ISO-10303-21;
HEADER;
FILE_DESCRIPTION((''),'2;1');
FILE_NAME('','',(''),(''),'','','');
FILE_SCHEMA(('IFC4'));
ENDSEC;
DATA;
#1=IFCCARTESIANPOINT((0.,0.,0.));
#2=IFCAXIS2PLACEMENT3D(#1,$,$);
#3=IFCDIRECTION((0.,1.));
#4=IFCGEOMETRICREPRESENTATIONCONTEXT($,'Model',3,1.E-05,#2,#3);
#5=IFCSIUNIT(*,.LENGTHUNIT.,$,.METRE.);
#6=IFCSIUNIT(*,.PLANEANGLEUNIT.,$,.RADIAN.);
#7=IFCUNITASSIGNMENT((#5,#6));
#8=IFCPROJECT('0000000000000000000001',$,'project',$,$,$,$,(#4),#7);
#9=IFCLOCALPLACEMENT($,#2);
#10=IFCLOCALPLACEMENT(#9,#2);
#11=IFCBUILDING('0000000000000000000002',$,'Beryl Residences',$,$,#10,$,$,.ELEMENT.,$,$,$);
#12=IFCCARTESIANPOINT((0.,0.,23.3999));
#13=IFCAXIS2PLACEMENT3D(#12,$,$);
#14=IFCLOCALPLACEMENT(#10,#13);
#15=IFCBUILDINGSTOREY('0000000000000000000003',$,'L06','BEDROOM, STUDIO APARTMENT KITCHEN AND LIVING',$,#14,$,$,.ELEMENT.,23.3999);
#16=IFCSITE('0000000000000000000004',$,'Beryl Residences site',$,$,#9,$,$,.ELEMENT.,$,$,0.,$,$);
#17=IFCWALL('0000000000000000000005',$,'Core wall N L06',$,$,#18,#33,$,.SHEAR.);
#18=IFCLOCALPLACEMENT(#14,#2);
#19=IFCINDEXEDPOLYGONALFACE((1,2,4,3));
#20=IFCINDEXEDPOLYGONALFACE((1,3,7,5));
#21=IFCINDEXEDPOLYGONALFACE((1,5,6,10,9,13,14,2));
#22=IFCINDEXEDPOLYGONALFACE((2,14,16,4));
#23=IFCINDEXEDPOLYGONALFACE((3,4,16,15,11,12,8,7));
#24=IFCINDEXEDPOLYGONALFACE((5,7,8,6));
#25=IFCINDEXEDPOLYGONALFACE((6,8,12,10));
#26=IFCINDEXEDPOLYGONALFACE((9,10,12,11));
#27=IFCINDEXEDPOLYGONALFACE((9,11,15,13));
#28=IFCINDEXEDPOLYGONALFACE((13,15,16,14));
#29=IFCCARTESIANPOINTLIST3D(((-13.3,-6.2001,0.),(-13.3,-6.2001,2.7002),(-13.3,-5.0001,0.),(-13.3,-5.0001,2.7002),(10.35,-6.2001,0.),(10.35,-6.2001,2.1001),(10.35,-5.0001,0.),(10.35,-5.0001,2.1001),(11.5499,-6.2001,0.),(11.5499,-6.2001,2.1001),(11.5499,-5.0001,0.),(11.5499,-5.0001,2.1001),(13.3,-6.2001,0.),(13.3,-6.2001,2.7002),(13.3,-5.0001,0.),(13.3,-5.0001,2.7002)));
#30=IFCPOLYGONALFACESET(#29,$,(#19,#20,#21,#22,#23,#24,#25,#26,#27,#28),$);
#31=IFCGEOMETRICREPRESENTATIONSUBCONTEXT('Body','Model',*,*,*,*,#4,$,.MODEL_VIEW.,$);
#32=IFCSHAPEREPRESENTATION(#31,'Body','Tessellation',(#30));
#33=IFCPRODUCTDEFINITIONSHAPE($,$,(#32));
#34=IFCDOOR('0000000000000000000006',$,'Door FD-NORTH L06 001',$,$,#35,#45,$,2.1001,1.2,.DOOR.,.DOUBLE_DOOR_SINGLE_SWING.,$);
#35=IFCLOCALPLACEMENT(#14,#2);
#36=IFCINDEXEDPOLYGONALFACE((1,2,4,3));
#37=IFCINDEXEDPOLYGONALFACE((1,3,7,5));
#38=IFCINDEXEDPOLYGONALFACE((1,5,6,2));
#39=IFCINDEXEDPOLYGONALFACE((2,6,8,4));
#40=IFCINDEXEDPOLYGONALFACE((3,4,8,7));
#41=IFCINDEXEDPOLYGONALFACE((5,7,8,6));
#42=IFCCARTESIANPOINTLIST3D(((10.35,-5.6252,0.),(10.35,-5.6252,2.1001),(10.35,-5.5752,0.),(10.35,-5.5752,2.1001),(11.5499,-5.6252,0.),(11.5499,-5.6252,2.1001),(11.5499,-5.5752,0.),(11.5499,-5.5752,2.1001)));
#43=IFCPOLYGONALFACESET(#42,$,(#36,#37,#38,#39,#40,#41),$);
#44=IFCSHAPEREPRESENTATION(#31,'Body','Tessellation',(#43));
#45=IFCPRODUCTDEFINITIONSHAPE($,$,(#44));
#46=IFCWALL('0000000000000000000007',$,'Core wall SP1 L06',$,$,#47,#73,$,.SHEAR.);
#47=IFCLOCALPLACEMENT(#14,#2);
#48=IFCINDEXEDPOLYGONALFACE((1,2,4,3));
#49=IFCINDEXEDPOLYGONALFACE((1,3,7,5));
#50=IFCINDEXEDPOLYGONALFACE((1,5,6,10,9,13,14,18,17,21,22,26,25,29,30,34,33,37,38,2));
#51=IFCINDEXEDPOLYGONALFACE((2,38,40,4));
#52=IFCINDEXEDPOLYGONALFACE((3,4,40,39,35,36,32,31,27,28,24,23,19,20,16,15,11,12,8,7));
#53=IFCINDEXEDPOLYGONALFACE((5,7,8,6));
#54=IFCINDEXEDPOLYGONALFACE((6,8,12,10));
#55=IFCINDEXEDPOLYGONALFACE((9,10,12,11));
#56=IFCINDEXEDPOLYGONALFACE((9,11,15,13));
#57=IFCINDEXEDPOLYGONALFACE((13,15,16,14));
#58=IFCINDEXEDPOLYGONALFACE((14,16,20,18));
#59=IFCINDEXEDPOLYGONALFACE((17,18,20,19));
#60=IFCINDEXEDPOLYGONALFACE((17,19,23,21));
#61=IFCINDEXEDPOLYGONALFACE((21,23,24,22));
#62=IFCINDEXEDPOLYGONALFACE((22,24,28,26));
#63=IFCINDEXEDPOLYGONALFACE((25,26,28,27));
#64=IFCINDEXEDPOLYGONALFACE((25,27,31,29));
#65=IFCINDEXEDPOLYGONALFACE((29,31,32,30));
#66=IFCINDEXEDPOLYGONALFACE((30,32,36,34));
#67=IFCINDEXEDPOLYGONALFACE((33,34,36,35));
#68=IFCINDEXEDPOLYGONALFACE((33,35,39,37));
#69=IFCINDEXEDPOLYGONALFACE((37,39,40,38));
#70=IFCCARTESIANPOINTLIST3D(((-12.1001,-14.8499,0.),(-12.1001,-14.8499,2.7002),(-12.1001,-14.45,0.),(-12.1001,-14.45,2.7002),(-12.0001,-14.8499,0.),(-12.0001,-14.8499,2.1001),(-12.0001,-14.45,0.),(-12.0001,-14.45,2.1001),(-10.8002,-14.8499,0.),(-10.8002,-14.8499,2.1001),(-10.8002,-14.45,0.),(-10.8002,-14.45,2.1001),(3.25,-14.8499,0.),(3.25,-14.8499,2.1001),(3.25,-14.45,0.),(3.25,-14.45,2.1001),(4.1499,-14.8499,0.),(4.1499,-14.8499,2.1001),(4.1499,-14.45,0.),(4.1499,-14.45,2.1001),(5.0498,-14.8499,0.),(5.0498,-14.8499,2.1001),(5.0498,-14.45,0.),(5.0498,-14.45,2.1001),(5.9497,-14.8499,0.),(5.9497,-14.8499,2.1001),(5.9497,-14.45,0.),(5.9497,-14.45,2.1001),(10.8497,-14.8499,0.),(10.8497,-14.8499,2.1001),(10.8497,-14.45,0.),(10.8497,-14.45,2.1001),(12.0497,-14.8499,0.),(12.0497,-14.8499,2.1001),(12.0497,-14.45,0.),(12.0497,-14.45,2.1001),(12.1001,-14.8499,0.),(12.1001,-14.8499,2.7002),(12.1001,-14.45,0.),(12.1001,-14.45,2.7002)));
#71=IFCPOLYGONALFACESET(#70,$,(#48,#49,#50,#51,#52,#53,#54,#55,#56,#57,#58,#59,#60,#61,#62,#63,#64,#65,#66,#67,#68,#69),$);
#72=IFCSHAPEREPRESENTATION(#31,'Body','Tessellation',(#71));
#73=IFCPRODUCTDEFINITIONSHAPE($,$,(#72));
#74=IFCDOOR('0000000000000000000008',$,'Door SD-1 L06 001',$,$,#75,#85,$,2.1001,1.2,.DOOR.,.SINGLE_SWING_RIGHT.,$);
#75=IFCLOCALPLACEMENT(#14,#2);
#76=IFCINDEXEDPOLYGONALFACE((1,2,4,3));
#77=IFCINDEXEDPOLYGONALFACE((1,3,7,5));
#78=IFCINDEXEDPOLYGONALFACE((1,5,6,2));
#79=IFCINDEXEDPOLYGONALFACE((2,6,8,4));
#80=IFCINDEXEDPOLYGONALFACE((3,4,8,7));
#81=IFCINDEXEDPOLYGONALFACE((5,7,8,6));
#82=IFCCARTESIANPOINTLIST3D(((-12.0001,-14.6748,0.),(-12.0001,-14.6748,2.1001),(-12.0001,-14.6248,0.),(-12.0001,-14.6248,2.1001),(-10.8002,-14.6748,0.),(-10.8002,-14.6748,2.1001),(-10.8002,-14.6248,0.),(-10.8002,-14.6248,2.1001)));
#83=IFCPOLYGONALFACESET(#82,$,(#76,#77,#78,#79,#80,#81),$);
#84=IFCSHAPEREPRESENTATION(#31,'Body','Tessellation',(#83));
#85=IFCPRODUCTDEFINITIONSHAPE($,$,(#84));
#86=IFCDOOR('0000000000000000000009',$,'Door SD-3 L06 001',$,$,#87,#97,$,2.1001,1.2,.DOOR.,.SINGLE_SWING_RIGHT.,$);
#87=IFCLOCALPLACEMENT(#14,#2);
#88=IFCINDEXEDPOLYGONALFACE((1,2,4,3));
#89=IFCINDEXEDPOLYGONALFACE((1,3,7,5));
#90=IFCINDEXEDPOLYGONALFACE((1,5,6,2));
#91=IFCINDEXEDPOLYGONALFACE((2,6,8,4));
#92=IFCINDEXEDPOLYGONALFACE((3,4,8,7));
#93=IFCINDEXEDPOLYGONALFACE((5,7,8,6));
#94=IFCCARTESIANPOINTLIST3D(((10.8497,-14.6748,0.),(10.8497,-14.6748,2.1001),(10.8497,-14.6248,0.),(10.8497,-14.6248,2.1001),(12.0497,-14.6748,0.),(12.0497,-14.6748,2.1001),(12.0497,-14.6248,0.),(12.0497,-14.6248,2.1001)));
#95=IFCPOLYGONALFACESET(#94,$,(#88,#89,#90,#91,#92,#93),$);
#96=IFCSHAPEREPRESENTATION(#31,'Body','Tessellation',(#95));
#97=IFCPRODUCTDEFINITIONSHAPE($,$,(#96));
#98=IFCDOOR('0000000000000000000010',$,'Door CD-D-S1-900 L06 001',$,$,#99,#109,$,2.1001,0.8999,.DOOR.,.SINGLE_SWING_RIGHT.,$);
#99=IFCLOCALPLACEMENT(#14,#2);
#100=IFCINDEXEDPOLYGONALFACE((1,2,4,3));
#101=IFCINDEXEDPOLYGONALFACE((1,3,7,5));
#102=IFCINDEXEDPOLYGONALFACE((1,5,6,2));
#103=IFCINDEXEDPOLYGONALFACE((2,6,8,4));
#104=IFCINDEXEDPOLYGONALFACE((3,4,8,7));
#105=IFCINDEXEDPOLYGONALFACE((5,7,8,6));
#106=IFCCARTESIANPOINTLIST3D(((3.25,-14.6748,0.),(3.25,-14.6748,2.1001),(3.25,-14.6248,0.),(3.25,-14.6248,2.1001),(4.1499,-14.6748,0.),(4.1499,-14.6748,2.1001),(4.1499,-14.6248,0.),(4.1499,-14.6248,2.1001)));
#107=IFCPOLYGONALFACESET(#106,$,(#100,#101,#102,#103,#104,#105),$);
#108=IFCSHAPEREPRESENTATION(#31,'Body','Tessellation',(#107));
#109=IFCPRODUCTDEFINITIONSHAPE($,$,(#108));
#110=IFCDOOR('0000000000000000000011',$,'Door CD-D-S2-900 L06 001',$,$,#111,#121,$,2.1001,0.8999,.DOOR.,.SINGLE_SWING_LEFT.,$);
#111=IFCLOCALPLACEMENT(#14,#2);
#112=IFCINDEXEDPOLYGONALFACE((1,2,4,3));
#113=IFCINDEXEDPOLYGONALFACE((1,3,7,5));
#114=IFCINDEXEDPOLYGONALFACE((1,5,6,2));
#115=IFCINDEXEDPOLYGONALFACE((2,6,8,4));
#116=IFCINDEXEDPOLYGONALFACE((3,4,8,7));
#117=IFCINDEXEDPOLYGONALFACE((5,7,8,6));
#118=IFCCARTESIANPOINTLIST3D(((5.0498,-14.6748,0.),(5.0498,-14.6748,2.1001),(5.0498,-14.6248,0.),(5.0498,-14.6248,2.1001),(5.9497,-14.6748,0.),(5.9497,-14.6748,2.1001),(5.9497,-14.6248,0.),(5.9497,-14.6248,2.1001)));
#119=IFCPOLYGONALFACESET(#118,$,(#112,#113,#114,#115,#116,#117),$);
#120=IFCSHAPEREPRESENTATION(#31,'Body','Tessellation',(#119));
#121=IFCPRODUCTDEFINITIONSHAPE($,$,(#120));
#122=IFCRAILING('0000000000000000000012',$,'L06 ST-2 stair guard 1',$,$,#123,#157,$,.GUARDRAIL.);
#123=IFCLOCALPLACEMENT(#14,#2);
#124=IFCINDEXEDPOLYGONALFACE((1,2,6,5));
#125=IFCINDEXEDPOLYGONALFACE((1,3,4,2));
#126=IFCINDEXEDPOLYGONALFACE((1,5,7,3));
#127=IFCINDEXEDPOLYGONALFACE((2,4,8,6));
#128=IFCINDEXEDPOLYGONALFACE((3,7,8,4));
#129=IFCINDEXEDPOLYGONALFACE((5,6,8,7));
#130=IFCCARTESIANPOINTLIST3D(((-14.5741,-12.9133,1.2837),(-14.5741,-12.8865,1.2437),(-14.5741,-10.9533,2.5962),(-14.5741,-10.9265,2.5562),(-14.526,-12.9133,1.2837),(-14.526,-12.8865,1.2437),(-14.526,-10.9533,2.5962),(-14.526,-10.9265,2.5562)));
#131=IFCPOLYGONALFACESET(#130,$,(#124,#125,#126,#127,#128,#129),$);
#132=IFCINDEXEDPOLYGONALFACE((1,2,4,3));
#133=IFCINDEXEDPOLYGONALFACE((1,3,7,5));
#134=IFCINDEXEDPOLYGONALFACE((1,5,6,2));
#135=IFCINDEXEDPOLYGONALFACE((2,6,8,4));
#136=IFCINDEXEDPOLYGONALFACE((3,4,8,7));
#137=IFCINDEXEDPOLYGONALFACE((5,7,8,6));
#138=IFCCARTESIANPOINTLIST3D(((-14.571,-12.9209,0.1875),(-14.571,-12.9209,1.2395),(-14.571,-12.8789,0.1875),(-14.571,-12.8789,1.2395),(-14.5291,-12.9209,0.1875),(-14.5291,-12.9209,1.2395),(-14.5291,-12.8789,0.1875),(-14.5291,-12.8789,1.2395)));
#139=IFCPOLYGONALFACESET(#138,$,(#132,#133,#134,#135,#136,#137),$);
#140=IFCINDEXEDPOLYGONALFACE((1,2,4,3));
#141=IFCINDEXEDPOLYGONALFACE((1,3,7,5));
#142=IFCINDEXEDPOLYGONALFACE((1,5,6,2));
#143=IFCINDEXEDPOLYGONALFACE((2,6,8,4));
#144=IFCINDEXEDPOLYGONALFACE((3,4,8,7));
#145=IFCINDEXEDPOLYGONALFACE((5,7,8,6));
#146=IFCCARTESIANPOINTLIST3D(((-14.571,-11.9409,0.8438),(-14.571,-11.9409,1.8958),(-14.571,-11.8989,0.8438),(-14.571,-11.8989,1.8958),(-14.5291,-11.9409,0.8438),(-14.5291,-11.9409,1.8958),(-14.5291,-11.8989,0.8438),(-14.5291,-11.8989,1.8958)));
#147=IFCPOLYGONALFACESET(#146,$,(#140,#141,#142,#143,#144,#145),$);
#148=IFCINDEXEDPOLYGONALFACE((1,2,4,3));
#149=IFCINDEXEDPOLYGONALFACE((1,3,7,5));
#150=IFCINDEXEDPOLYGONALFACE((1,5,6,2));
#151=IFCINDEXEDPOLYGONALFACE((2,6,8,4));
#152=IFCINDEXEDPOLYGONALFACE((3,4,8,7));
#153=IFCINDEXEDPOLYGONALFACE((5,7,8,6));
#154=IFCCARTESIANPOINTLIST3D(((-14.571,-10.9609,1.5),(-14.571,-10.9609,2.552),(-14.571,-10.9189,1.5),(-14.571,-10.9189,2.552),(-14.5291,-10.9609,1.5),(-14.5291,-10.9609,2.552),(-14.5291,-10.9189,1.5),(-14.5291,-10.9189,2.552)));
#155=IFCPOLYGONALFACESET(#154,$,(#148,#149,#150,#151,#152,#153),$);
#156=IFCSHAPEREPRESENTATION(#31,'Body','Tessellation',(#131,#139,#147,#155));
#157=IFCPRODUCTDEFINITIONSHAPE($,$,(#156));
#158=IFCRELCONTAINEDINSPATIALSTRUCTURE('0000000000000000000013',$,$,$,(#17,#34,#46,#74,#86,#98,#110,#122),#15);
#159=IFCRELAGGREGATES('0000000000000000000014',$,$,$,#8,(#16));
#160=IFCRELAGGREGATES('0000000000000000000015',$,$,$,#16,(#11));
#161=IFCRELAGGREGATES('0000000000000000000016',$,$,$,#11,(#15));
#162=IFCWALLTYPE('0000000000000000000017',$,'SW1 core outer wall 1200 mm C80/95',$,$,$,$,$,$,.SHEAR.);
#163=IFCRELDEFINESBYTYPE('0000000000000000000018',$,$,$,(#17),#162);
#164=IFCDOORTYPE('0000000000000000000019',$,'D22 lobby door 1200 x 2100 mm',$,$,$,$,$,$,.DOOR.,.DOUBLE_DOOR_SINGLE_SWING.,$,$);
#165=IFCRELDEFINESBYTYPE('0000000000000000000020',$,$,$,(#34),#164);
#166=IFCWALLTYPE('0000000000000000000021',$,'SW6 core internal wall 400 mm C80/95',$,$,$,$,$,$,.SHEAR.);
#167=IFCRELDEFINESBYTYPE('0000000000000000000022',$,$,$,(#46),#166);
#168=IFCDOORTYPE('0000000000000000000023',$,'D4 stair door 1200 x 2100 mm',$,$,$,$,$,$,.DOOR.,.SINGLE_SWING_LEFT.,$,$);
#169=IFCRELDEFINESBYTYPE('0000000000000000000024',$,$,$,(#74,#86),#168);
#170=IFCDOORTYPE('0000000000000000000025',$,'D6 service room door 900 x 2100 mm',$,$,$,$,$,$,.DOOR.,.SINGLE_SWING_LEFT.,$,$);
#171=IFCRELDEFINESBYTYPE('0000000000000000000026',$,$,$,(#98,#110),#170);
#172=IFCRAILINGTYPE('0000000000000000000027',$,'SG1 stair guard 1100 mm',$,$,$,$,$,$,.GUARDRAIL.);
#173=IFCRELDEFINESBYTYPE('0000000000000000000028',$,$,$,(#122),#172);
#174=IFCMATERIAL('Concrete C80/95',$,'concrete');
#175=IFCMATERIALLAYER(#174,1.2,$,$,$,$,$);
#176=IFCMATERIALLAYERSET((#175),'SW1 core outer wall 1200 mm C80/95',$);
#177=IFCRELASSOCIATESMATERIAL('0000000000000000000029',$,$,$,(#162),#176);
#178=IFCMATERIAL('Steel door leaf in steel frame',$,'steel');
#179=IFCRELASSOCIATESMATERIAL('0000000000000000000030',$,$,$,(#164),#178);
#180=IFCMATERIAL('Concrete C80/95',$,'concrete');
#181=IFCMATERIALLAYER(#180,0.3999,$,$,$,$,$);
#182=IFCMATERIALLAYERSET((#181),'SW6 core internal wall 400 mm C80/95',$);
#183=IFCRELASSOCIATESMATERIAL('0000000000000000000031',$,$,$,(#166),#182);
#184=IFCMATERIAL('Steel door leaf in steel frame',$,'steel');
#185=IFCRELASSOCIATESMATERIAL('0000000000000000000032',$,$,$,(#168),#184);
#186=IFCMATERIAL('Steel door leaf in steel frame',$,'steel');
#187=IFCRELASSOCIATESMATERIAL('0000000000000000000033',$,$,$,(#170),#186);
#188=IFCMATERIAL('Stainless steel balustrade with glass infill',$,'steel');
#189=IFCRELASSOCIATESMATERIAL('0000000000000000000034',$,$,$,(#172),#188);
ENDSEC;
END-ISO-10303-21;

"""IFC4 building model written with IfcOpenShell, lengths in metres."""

from ifc_helpers import new_model, si_unit, direction, frame, frame_2d, origin, origin_2d, place, context, subcontext, project, spatial, rectangle, extrude, material, layer, layer_set, type_object, element, fill, save


model = new_model("IFC4")

# Units and contexts
model_context = context("Model", 3, precision=1e-05, world=origin(), true_north=direction((0.0, 1.0)))
body_context = subcontext(model_context, "Body", "Model", "MODEL_VIEW")
ifc_project = project(units=[si_unit("LENGTHUNIT", "METRE"), si_unit("PLANEANGLEUNIT", "RADIAN")], contexts=[model_context])

# Site, building, storey
site_placement = place(None, origin())
site = spatial("IfcSite", under=ifc_project, at=site_placement, Name="Beryl Residences site", CompositionType="ELEMENT", RefElevation=0.0)
building_placement = place(site_placement, origin())
building = spatial("IfcBuilding", under=site, at=building_placement, Name="Beryl Residences", CompositionType="ELEMENT")
storey_placement = place(building_placement, frame((0.0, 0.0, 23.3999)))
storey = spatial("IfcBuildingStorey", under=building, at=storey_placement, Name="L06", Description="BEDROOM, STUDIO APARTMENT KITCHEN AND LIVING", CompositionType="ELEMENT", Elevation=23.3999)

# Wall, opening, door
ifc_material_1 = material(Name="Concrete C80/95", Category="concrete")
ifc_layer_1 = layer(ifc_material_1, 1.2)
ifc_layer_set_1 = layer_set([ifc_layer_1], Name="SW1 core outer wall 1200 mm C80/95")
wall_type_1 = type_object("IfcWallType", Name="SW1 core outer wall 1200 mm C80/95", PredefinedType="SHEAR", material=ifc_layer_set_1)
wall_1_placement = place(storey_placement, frame((-13.3, -5.6001, 0.0), z_axis=(0.0, 0.0, 1.0), x_axis=(1.0, 0.0, 0.0)))
wall_1 = element("IfcWall", 1, at=wall_1_placement, inside=storey, type_object=wall_type_1, Name="Core wall N L06", PredefinedType="SHEAR", context=body_context, shape_type="SweptSolid", body=[
    extrude(rectangle(XDim=26.6001, YDim=1.2, at=frame_2d((13.3, 0.0))), origin(), (0.0, 0.0, 1.0), 2.7002),
])
opening_1_placement = place(wall_1_placement, frame((23.6499, 0.0, 0.0)))
opening_1 = element("IfcOpeningElement", 2, at=opening_1_placement, cuts=wall_1, PredefinedType="OPENING", context=body_context, shape_type="SweptSolid", body=[
    extrude(rectangle(XDim=1.2, YDim=2.1001, at=frame_2d((0.6001, 1.05))), frame((0.0, 0.6099, 0.0), z_axis=(0.0, -1.0, 0.0), x_axis=(1.0, 0.0, 0.0)), (0.0, 0.0, 1.0), 1.22),
])
ifc_material_2 = material(Name="Steel door leaf in steel frame", Category="steel")
door_type_1 = type_object("IfcDoorType", Name="D22 lobby door 1200 x 2100 mm", OperationType="DOUBLE_DOOR_SINGLE_SWING", PredefinedType="DOOR", material=ifc_material_2)
door_1_placement = place(opening_1_placement, origin())
door_1 = element("IfcDoor", 3, at=door_1_placement, inside=storey, type_object=door_type_1, Name="Door FD-NORTH L06 001", OperationType="DOUBLE_DOOR_SINGLE_SWING", OverallHeight=2.1001, OverallWidth=1.2, PredefinedType="DOOR", context=body_context, shape_type="SweptSolid", body=[
    extrude(rectangle(XDim=1.2, YDim=2.1001, at=frame_2d((0.6001, 1.05))), frame((0.0, 0.0249, 0.0), z_axis=(0.0, -1.0, 0.0), x_axis=(1.0, 0.0, 0.0)), (0.0, 0.0, 1.0), 0.05),
])
fill(opening_1, door_1)

# Wall, openings, doors
ifc_material_3 = material(Name="Concrete C80/95", Category="concrete")
ifc_layer_2 = layer(ifc_material_3, 0.3999)
ifc_layer_set_2 = layer_set([ifc_layer_2], Name="SW6 core internal wall 400 mm C80/95")
wall_type_2 = type_object("IfcWallType", Name="SW6 core internal wall 400 mm C80/95", PredefinedType="SHEAR", material=ifc_layer_set_2)
wall_2_placement = place(storey_placement, frame((-12.1001, -14.6499, 0.0), z_axis=(0.0, 0.0, 1.0), x_axis=(1.0, 0.0, 0.0)))
wall_2 = element("IfcWall", 4, at=wall_2_placement, inside=storey, type_object=wall_type_2, Name="Core wall SP1 L06", PredefinedType="SHEAR", context=body_context, shape_type="SweptSolid", body=[
    extrude(rectangle(XDim=24.2002, YDim=0.3999, at=frame_2d((12.1001, 0.0))), origin(), (0.0, 0.0, 1.0), 2.7002),
])
opening_2_placement = place(wall_2_placement, frame((1.3, 0.0, 0.0), z_axis=(0.0, 0.0, 1.0), x_axis=(-1.0, 0.0, 0.0)))
opening_2 = element("IfcOpeningElement", 5, at=opening_2_placement, cuts=wall_2, PredefinedType="OPENING", context=body_context, shape_type="SweptSolid", body=[
    extrude(rectangle(XDim=1.2, YDim=2.1001, at=frame_2d((0.6001, 1.05))), frame((0.0, 0.21, 0.0), z_axis=(0.0, -1.0, 0.0), x_axis=(1.0, 0.0, 0.0)), (0.0, 0.0, 1.0), 0.4199),
])
opening_3_placement = place(wall_2_placement, frame((24.1499, 0.0, 0.0), z_axis=(0.0, 0.0, 1.0), x_axis=(-1.0, 0.0, 0.0)))
opening_3 = element("IfcOpeningElement", 6, at=opening_3_placement, cuts=wall_2, PredefinedType="OPENING", context=body_context, shape_type="SweptSolid", body=[
    extrude(rectangle(XDim=1.2, YDim=2.1001, at=frame_2d((0.6001, 1.05))), frame((0.0, 0.21, 0.0), z_axis=(0.0, -1.0, 0.0), x_axis=(1.0, 0.0, 0.0)), (0.0, 0.0, 1.0), 0.4199),
])
opening_4_placement = place(wall_2_placement, frame((16.25, 0.0, 0.0), z_axis=(0.0, 0.0, 1.0), x_axis=(-1.0, 0.0, 0.0)))
opening_4 = element("IfcOpeningElement", 7, at=opening_4_placement, cuts=wall_2, PredefinedType="OPENING", context=body_context, shape_type="SweptSolid", body=[
    extrude(rectangle(XDim=0.8999, YDim=2.1001, at=frame_2d((0.45, 1.05))), frame((0.0, 0.21, 0.0), z_axis=(0.0, -1.0, 0.0), x_axis=(1.0, 0.0, 0.0)), (0.0, 0.0, 1.0), 0.4199),
])
opening_5_placement = place(wall_2_placement, frame((18.0498, 0.0, 0.0), z_axis=(0.0, 0.0, 1.0), x_axis=(-1.0, 0.0, 0.0)))
opening_5 = element("IfcOpeningElement", 8, at=opening_5_placement, cuts=wall_2, PredefinedType="OPENING", context=body_context, shape_type="SweptSolid", body=[
    extrude(rectangle(XDim=0.8999, YDim=2.1001, at=frame_2d((0.45, 1.05))), frame((0.0, 0.21, 0.0), z_axis=(0.0, -1.0, 0.0), x_axis=(1.0, 0.0, 0.0)), (0.0, 0.0, 1.0), 0.4199),
])
ifc_material_4 = material(Name="Steel door leaf in steel frame", Category="steel")
door_type_2 = type_object("IfcDoorType", Name="D4 stair door 1200 x 2100 mm", OperationType="SINGLE_SWING_LEFT", PredefinedType="DOOR", material=ifc_material_4)
door_2_placement = place(opening_2_placement, origin())
door_2 = element("IfcDoor", 9, at=door_2_placement, inside=storey, type_object=door_type_2, Name="Door SD-1 L06 001", OperationType="SINGLE_SWING_RIGHT", OverallHeight=2.1001, OverallWidth=1.2, PredefinedType="DOOR", context=body_context, shape_type="SweptSolid", body=[
    extrude(rectangle(XDim=1.2, YDim=2.1001, at=frame_2d((0.6001, 1.05))), frame((0.0, 0.0249, 0.0), z_axis=(0.0, -1.0, 0.0), x_axis=(1.0, 0.0, 0.0)), (0.0, 0.0, 1.0), 0.05),
])
fill(opening_2, door_2)
door_3_placement = place(opening_3_placement, origin())
door_3 = element("IfcDoor", 10, at=door_3_placement, inside=storey, type_object=door_type_2, Name="Door SD-3 L06 001", OperationType="SINGLE_SWING_RIGHT", OverallHeight=2.1001, OverallWidth=1.2, PredefinedType="DOOR", context=body_context, shape_type="SweptSolid", body=[
    extrude(rectangle(XDim=1.2, YDim=2.1001, at=frame_2d((0.6001, 1.05))), frame((0.0, 0.0249, 0.0), z_axis=(0.0, -1.0, 0.0), x_axis=(1.0, 0.0, 0.0)), (0.0, 0.0, 1.0), 0.05),
])
fill(opening_3, door_3)
ifc_material_5 = material(Name="Steel door leaf in steel frame", Category="steel")
door_type_3 = type_object("IfcDoorType", Name="D6 service room door 900 x 2100 mm", OperationType="SINGLE_SWING_LEFT", PredefinedType="DOOR", material=ifc_material_5)
door_4_placement = place(opening_4_placement, origin())
door_4 = element("IfcDoor", 11, at=door_4_placement, inside=storey, type_object=door_type_3, Name="Door CD-D-S1-900 L06 001", OperationType="SINGLE_SWING_RIGHT", OverallHeight=2.1001, OverallWidth=0.8999, PredefinedType="DOOR", context=body_context, shape_type="SweptSolid", body=[
    extrude(rectangle(XDim=0.8999, YDim=2.1001, at=frame_2d((0.45, 1.05))), frame((0.0, 0.0249, 0.0), z_axis=(0.0, -1.0, 0.0), x_axis=(1.0, 0.0, 0.0)), (0.0, 0.0, 1.0), 0.05),
])
fill(opening_4, door_4)
door_5_placement = place(opening_5_placement, origin())
door_5 = element("IfcDoor", 12, at=door_5_placement, inside=storey, type_object=door_type_3, Name="Door CD-D-S2-900 L06 001", OperationType="SINGLE_SWING_LEFT", OverallHeight=2.1001, OverallWidth=0.8999, PredefinedType="DOOR", context=body_context, shape_type="SweptSolid", body=[
    extrude(rectangle(XDim=0.8999, YDim=2.1001, at=frame_2d((0.45, 1.05))), frame((0.0, 0.0249, 0.0), z_axis=(0.0, -1.0, 0.0), x_axis=(1.0, 0.0, 0.0)), (0.0, 0.0, 1.0), 0.05),
])
fill(opening_5, door_5)

# Railing
ifc_material_6 = material(Name="Stainless steel balustrade with glass infill", Category="steel")
railing_type_1 = type_object("IfcRailingType", Name="SG1 stair guard 1100 mm", PredefinedType="GUARDRAIL", material=ifc_material_6)
railing_1_placement = place(storey_placement, frame((-14.55, -12.8999, 0.1875)))
element("IfcRailing", 13, at=railing_1_placement, inside=storey, type_object=railing_type_1, Name="L06 ST-2 stair guard 1", PredefinedType="GUARDRAIL", context=body_context, shape_type="SweptSolid", body=[
    extrude(rectangle(XDim=0.0481, YDim=0.0481, at=origin_2d()), frame((0.0, 0.0, 1.0762), z_axis=(0.0, 0.830902, 0.556419), x_axis=(-1.0, 0.0, 0.0)), (0.0, 0.0, 1.0), 2.3589),
    extrude(rectangle(XDim=0.042, YDim=0.042, at=origin_2d()), origin(), (0.0, 0.0, 1.0), 1.052),
    extrude(rectangle(XDim=0.042, YDim=0.042, at=origin_2d()), frame((0.0, 0.98, 0.6562)), (0.0, 0.0, 1.0), 1.052),
    extrude(rectangle(XDim=0.042, YDim=0.042, at=origin_2d()), frame((0.0, 1.96, 1.3125)), (0.0, 0.0, 1.0), 1.052),
])

save(model, "model.ifc")
